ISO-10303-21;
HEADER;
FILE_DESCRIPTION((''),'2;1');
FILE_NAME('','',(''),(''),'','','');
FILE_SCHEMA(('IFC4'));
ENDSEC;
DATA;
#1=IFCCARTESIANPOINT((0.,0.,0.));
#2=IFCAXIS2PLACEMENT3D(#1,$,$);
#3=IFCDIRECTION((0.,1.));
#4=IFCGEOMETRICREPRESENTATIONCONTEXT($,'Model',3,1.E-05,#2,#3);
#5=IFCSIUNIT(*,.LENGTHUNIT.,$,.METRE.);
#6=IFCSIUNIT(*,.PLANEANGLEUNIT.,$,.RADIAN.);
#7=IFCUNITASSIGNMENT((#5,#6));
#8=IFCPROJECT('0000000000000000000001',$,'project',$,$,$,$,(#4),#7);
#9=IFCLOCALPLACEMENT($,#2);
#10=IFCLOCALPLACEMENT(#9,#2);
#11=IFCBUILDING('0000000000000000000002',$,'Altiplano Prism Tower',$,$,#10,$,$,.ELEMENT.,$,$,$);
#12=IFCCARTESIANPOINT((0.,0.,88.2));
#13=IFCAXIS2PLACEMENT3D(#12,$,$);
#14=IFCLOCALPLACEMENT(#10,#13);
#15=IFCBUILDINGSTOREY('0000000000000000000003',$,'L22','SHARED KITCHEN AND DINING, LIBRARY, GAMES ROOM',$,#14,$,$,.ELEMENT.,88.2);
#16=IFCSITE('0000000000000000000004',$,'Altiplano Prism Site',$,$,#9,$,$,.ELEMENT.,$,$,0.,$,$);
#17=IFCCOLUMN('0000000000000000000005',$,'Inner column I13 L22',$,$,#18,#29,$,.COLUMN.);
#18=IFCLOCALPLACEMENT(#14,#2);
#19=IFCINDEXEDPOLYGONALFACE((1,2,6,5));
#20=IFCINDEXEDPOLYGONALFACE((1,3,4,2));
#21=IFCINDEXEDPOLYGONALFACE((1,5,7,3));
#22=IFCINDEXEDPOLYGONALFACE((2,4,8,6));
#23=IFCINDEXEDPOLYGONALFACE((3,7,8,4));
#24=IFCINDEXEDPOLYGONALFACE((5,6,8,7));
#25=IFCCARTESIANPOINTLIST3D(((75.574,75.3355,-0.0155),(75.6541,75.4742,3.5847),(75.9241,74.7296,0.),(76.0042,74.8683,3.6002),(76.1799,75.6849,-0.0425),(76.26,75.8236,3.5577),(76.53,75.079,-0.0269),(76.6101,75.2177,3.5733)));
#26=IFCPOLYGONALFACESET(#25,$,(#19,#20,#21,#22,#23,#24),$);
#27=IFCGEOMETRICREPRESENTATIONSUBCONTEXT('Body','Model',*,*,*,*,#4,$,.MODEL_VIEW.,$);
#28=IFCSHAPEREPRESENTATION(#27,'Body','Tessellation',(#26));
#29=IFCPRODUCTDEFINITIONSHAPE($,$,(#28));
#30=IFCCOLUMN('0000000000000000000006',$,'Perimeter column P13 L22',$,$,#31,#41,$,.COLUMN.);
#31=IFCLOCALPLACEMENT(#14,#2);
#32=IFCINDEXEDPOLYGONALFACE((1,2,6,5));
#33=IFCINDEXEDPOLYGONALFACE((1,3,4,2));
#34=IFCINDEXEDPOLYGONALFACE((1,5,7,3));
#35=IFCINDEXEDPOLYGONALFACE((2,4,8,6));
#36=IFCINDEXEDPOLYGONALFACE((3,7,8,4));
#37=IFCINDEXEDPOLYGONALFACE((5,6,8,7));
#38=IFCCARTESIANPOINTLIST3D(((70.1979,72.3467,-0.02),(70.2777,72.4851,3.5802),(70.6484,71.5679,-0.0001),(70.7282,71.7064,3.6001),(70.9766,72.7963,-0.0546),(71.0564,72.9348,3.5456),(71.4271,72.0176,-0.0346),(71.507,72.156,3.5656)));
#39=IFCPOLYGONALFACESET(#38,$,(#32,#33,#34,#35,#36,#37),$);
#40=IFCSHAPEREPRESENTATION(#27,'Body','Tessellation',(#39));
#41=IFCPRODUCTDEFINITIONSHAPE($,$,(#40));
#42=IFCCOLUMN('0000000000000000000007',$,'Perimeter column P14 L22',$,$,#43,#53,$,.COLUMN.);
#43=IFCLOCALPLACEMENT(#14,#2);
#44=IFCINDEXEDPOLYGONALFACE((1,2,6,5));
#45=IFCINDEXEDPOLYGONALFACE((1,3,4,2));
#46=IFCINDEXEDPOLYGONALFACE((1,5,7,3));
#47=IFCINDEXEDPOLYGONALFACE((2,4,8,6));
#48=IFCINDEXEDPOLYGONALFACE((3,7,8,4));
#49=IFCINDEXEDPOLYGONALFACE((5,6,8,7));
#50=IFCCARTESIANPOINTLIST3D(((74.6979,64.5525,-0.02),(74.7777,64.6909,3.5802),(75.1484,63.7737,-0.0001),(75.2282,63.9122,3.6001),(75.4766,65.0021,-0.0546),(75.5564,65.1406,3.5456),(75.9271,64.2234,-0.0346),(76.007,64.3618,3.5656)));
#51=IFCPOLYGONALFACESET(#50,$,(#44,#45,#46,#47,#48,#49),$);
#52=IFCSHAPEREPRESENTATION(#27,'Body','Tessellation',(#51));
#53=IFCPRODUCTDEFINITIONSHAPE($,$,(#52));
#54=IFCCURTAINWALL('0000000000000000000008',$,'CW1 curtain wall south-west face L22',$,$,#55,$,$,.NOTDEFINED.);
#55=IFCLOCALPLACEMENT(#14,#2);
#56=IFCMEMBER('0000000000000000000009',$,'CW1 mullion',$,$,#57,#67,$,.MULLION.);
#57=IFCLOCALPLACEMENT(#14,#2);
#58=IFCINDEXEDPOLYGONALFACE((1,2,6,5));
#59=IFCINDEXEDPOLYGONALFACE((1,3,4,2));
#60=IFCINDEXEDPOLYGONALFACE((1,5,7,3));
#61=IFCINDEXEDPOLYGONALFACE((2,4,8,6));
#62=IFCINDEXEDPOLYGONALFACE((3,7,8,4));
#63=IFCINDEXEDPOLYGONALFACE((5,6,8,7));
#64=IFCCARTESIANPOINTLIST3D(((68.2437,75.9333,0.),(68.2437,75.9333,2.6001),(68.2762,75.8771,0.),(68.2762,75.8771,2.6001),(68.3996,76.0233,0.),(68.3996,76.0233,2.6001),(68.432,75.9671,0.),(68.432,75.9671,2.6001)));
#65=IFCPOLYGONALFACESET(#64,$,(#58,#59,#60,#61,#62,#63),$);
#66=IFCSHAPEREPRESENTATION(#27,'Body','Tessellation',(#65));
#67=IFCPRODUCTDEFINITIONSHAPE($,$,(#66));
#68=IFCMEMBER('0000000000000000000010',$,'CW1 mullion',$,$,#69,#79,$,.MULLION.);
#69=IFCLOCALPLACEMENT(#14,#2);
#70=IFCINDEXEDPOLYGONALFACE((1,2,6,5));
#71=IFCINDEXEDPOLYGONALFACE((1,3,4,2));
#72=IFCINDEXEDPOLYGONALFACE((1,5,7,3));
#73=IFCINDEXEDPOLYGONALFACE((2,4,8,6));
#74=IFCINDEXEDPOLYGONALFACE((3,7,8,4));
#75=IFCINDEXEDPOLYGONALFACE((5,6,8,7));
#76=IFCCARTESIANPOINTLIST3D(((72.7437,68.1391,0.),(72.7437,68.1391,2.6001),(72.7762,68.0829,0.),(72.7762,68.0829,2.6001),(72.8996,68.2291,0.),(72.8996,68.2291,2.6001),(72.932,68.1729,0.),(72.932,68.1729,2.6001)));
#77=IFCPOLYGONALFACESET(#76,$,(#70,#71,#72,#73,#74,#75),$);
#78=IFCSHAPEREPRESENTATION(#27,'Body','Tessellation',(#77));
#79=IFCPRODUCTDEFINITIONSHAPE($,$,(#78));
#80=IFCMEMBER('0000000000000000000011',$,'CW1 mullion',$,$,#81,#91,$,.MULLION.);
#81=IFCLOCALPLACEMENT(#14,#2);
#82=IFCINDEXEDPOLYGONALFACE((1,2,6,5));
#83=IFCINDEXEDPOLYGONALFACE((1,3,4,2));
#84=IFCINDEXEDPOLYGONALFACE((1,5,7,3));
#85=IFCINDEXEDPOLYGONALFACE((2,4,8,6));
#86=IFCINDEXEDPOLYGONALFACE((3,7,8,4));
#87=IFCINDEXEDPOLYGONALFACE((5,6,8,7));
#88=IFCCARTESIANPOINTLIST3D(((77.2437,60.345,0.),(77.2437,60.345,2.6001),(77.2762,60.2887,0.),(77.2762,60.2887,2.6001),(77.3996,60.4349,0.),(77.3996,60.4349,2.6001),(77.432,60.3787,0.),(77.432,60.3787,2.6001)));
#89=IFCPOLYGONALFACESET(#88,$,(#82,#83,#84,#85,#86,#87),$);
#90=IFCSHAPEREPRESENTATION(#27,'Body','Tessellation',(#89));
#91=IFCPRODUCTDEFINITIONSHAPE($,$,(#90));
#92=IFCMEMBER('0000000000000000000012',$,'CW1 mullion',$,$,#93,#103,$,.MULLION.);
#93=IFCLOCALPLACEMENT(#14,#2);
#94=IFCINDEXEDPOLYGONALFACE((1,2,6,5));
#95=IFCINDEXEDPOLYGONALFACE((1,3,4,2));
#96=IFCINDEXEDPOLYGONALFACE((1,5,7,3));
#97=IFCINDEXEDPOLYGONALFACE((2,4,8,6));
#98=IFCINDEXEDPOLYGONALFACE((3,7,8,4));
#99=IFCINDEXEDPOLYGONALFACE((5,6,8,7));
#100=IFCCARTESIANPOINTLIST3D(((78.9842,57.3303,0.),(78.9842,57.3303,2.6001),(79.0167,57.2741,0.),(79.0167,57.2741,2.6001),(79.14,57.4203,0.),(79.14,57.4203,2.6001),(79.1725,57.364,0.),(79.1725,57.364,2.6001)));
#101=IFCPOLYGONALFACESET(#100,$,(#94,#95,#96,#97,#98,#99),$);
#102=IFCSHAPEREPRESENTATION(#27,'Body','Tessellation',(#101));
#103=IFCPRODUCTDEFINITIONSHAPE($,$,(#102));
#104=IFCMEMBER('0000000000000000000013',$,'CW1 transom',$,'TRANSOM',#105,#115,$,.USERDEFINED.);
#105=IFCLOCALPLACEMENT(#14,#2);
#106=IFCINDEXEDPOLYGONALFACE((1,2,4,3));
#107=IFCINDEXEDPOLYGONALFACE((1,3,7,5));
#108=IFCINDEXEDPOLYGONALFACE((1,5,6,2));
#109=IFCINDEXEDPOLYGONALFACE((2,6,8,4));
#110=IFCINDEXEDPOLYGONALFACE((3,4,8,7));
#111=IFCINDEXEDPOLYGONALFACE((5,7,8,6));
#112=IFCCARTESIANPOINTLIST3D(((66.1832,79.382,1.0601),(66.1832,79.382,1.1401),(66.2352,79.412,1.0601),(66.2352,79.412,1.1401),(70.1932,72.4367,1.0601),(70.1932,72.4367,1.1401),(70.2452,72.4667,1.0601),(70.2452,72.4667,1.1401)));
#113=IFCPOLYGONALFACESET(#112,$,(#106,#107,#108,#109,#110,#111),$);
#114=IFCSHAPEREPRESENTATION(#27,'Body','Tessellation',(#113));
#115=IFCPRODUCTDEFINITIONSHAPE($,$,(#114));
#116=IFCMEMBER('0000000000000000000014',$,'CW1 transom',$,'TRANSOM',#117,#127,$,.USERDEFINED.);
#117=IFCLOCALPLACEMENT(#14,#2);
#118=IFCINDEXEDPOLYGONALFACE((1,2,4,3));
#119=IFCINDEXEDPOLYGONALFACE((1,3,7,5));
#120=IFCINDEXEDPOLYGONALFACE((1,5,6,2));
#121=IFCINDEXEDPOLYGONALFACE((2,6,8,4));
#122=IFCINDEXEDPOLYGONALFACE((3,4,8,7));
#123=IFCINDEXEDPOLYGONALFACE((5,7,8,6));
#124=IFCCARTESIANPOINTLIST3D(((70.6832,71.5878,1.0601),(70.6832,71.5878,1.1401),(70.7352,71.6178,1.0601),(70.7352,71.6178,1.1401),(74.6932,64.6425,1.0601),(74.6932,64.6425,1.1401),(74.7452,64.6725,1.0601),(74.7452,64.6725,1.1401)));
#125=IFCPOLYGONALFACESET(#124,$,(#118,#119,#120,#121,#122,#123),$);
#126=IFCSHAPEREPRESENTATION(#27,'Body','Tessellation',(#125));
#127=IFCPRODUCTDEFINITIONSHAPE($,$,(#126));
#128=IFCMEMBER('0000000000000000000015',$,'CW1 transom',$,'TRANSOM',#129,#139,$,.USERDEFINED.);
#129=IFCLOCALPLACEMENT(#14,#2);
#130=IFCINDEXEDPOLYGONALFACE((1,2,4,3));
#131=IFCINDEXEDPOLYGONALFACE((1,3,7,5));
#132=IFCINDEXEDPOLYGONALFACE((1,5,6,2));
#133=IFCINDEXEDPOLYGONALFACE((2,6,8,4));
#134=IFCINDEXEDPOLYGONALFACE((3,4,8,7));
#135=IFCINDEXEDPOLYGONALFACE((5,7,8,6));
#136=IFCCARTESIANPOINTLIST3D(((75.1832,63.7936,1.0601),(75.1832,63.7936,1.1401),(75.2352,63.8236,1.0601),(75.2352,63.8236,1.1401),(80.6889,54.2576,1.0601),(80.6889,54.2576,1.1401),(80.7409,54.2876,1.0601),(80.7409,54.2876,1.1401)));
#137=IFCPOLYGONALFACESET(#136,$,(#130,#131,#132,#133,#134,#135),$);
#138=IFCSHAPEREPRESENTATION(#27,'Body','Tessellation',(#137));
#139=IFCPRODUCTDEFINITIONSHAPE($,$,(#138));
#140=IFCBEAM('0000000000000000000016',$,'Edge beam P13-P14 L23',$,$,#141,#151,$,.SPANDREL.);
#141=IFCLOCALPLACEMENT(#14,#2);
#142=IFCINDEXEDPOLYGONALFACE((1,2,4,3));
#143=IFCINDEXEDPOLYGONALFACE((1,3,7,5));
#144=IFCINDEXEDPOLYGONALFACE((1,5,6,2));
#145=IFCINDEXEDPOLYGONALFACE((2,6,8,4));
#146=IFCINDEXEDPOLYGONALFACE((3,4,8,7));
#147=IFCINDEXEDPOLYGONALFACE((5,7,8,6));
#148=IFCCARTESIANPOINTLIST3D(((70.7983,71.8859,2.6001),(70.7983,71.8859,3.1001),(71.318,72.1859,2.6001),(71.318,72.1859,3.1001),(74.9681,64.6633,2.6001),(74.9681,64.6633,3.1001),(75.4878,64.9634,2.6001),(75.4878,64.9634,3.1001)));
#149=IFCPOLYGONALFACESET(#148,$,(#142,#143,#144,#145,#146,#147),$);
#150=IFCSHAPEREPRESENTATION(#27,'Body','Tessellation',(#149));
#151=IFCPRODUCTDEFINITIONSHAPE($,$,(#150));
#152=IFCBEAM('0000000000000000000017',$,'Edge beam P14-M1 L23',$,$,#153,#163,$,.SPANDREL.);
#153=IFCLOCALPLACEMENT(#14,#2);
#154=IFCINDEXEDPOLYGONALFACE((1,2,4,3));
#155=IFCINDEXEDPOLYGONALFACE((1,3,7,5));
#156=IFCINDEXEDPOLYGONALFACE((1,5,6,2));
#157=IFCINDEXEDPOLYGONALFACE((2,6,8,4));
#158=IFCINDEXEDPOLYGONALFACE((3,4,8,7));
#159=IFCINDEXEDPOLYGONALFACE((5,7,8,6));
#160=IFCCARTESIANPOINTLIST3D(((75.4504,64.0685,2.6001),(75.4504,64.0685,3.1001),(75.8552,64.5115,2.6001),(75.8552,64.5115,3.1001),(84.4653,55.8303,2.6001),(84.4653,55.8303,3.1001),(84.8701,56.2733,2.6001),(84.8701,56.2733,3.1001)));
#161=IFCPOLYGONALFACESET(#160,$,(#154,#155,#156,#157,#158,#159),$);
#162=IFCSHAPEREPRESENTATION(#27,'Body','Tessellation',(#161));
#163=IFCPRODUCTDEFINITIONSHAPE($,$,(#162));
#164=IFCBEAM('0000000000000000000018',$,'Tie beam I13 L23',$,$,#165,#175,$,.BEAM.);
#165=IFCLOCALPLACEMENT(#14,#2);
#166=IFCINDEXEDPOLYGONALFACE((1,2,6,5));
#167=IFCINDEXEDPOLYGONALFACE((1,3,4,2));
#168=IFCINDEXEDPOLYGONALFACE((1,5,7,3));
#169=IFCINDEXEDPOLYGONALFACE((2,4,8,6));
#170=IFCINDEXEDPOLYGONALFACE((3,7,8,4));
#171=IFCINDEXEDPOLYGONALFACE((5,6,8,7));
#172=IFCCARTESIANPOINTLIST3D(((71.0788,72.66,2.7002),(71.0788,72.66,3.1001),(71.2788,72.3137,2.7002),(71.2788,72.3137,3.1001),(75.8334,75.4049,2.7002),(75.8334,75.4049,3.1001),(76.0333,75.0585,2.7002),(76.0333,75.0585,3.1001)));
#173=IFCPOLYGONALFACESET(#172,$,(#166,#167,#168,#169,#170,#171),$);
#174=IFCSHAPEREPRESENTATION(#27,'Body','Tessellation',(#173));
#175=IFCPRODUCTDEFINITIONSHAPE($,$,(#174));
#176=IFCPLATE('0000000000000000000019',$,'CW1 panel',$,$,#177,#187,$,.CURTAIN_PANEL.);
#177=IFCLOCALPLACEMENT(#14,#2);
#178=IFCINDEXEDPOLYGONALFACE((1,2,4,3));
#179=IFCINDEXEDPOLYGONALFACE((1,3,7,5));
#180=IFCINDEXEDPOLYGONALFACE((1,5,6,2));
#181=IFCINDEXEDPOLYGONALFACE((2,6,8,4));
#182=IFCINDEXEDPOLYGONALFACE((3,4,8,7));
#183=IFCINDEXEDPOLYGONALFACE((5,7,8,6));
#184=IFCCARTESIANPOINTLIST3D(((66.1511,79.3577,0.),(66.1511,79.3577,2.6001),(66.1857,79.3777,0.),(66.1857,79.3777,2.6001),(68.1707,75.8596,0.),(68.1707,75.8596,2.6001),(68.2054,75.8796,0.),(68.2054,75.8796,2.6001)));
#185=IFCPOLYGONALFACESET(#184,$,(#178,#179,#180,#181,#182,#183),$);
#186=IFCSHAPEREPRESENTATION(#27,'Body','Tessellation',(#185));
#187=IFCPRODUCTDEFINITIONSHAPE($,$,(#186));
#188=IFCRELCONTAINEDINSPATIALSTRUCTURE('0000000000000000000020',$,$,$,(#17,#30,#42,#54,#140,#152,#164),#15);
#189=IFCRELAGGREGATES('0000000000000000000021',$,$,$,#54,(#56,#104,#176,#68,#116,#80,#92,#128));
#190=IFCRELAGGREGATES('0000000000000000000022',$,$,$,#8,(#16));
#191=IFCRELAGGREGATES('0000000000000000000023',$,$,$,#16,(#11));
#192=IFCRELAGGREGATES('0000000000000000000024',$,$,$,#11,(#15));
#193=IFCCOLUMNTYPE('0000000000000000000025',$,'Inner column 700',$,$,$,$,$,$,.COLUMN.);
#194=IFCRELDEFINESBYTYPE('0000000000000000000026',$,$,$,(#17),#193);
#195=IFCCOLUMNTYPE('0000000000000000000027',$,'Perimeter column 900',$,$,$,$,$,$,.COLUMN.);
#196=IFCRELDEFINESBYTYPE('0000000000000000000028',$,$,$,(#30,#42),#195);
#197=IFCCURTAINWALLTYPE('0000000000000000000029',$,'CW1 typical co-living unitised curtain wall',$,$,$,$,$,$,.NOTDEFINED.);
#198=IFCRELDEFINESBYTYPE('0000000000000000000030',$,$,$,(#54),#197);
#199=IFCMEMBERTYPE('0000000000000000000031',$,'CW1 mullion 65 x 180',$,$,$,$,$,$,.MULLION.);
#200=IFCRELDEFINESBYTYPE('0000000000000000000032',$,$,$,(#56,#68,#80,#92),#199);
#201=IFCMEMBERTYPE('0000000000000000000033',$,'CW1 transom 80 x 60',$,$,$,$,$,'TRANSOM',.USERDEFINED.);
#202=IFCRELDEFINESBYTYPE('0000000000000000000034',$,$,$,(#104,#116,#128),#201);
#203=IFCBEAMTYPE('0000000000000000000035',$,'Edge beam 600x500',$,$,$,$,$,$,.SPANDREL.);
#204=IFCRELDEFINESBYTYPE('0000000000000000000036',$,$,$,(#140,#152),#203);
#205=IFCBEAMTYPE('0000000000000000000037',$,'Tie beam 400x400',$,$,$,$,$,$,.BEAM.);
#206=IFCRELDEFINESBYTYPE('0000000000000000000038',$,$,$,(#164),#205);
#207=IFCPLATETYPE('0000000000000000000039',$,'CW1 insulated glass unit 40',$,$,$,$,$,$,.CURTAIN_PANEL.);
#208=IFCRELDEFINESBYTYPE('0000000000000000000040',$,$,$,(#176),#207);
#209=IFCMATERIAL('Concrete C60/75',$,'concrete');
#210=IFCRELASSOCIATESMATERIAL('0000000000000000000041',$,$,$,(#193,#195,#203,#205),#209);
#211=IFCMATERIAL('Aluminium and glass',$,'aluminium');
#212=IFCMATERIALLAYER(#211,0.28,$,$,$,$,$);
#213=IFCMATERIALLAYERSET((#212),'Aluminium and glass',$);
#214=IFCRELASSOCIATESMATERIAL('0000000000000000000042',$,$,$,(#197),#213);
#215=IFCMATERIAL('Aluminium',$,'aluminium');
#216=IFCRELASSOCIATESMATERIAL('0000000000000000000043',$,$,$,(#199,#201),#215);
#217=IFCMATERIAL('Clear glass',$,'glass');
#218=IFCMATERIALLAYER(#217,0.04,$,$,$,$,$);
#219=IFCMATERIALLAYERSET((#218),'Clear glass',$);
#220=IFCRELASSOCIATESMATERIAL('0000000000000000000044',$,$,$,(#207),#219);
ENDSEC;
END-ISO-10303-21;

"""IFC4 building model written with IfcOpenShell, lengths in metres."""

from ifc_helpers import new_model, si_unit, direction, frame, origin, origin_2d, place, context, subcontext, project, spatial, rectangle, extrude, material, layer, layer_set, material_profile, profile_set, type_object, element, aggregate, save


model = new_model("IFC4")

# Units and contexts
model_context = context("Model", 3, precision=1e-05, world=origin(), true_north=direction((0.0, 1.0)))
body_context = subcontext(model_context, "Body", "Model", "MODEL_VIEW")
ifc_project = project(units=[si_unit("LENGTHUNIT", "METRE"), si_unit("PLANEANGLEUNIT", "RADIAN")], contexts=[model_context])

# Site, building, storey
site_placement = place(None, origin())
site = spatial("IfcSite", under=ifc_project, at=site_placement, Name="Altiplano Prism Site", CompositionType="ELEMENT", RefElevation=0.0)
building_placement = place(site_placement, origin())
building = spatial("IfcBuilding", under=site, at=building_placement, Name="Altiplano Prism Tower", CompositionType="ELEMENT")
storey_placement = place(building_placement, frame((0.0, 0.0, 88.2)))
storey = spatial("IfcBuildingStorey", under=building, at=storey_placement, Name="L22", Description="SHARED KITCHEN AND DINING, LIBRARY, GAMES ROOM", CompositionType="ELEMENT", Elevation=88.2)

# Columns
ifc_material_1 = material(Name="Concrete C60/75", Category="concrete")
ifc_material_profile_1 = material_profile(ifc_material_1, rectangle(XDim=0.7, YDim=0.7, at=origin_2d()), Name="Inner column 700")
ifc_profile_set_1 = profile_set([ifc_material_profile_1], Name="Concrete C60/75")
column_type_1 = type_object("IfcColumnType", Name="Inner column 700", PredefinedType="COLUMN", material=ifc_profile_set_1)
column_placement = place(storey_placement, frame((76.052, 75.2073, -0.0212), z_axis=(0.022221, 0.038481, 0.999012), x_axis=(-0.865642, -0.499182, 0.038483)))
element("IfcColumn", 1, at=column_placement, inside=storey, type_object=column_type_1, Name="Inner column I13 L22", PredefinedType="COLUMN", context=body_context, shape_type="SweptSolid", body=[
    extrude(rectangle(XDim=0.7, YDim=0.7, at=origin_2d()), origin(), (0.0, 0.0, 1.0), 3.6038),
])
ifc_material_profile_2 = material_profile(ifc_material_1, rectangle(XDim=0.8999, YDim=0.8999, at=origin_2d()), Name="Perimeter column 900")
ifc_profile_set_2 = profile_set([ifc_material_profile_2], Name="Concrete C60/75")
column_type_2 = type_object("IfcColumnType", Name="Perimeter column 900", PredefinedType="COLUMN", material=ifc_profile_set_2)
for number, where, z_axis, x_axis, name in (
    (2, (70.8125, 72.1821, -0.0273), (0.022154, 0.038413, 0.999016), (-0.865365, -0.499669, 0.038403), "Perimeter column P13 L22"),
    (3, (75.3125, 64.3879, -0.0273), (0.022154, 0.038413, 0.999016), (-0.865365, -0.499669, 0.038403), "Perimeter column P14 L22"),
):
    element("IfcColumn", number, at=place(storey_placement, frame(where, z_axis=z_axis, x_axis=x_axis)), inside=storey, type_object=column_type_2, Name=name, PredefinedType="COLUMN", context=body_context, shape_type="SweptSolid", body=[
        extrude(rectangle(XDim=0.8999, YDim=0.8999, at=origin_2d()), origin(), (0.0, 0.0, 1.0), 3.6038),
    ])

# Curtain wall, members
ifc_material_2 = material(Name="Aluminium and glass", Category="aluminium")
ifc_layer_1 = layer(ifc_material_2, 0.28)
ifc_layer_set_1 = layer_set([ifc_layer_1], Name="Aluminium and glass")
curtain_wall_type = type_object("IfcCurtainWallType", Name="CW1 typical co-living unitised curtain wall", PredefinedType="NOTDEFINED", material=ifc_layer_set_1)
curtain_wall_placement = place(storey_placement, origin())
curtain_wall = element("IfcCurtainWall", 4, at=curtain_wall_placement, inside=storey, type_object=curtain_wall_type, Name="CW1 curtain wall south-west face L22", PredefinedType="NOTDEFINED")
ifc_material_3 = material(Name="Aluminium", Category="aluminium")
ifc_material_profile_3 = material_profile(ifc_material_3, rectangle(XDim=0.1799, YDim=0.0649, at=origin_2d()), Name="CW1 mullion 65 x 180")
ifc_profile_set_3 = profile_set([ifc_material_profile_3], Name="Aluminium")
member_type_1 = type_object("IfcMemberType", Name="CW1 mullion 65 x 180", PredefinedType="MULLION", material=ifc_profile_set_3)
member_1_placement = place(storey_placement, frame((68.3379, 75.9502, 0.0), z_axis=(0.0, 0.0, 1.0), x_axis=(0.866025, 0.5, 0.0)))
member_1 = element("IfcMember", 5, at=member_1_placement, type_object=member_type_1, Name="CW1 mullion", PredefinedType="MULLION", context=body_context, shape_type="SweptSolid", body=[
    extrude(rectangle(XDim=0.1799, YDim=0.0649, at=origin_2d()), origin(), (0.0, 0.0, 1.0), 2.6001),
])
member_2_placement = place(storey_placement, frame((72.8379, 68.156, 0.0), z_axis=(0.0, 0.0, 1.0), x_axis=(0.866025, 0.5, 0.0)))
member_2 = element("IfcMember", 6, at=member_2_placement, type_object=member_type_1, Name="CW1 mullion", PredefinedType="MULLION", context=body_context, shape_type="SweptSolid", body=[
    extrude(rectangle(XDim=0.1799, YDim=0.0649, at=origin_2d()), origin(), (0.0, 0.0, 1.0), 2.6001),
])
member_3_placement = place(storey_placement, frame((77.3379, 60.3618, 0.0), z_axis=(0.0, 0.0, 1.0), x_axis=(0.866025, 0.5, 0.0)))
member_3 = element("IfcMember", 7, at=member_3_placement, type_object=member_type_1, Name="CW1 mullion", PredefinedType="MULLION", context=body_context, shape_type="SweptSolid", body=[
    extrude(rectangle(XDim=0.1799, YDim=0.0649, at=origin_2d()), origin(), (0.0, 0.0, 1.0), 2.6001),
])
member_4_placement = place(storey_placement, frame((79.0784, 57.3472, 0.0), z_axis=(0.0, 0.0, 1.0), x_axis=(0.866025, 0.5, 0.0)))
member_4 = element("IfcMember", 8, at=member_4_placement, type_object=member_type_1, Name="CW1 mullion", PredefinedType="MULLION", context=body_context, shape_type="SweptSolid", body=[
    extrude(rectangle(XDim=0.1799, YDim=0.0649, at=origin_2d()), origin(), (0.0, 0.0, 1.0), 2.6001),
])
ifc_material_profile_4 = material_profile(ifc_material_3, rectangle(XDim=0.0601, YDim=0.0801, at=origin_2d()), Name="CW1 transom 80 x 60")
ifc_profile_set_4 = profile_set([ifc_material_profile_4], Name="Aluminium")
member_type_2 = type_object("IfcMemberType", Name="CW1 transom 80 x 60", ElementType="TRANSOM", PredefinedType="USERDEFINED", material=ifc_profile_set_4)
member_5_placement = place(storey_placement, frame((66.2092, 79.397, 1.1001), z_axis=(0.500012, -0.866018, 0.0), x_axis=(0.866018, 0.500012, 0.0)))
member_5 = element("IfcMember", 9, at=member_5_placement, type_object=member_type_2, Name="CW1 transom", ObjectType="TRANSOM", PredefinedType="USERDEFINED", context=body_context, shape_type="SweptSolid", body=[
    extrude(rectangle(XDim=0.0601, YDim=0.0801, at=origin_2d()), origin(), (0.0, 0.0, 1.0), 8.0198),
])
member_6_placement = place(storey_placement, frame((70.7092, 71.6028, 1.1001), z_axis=(0.500012, -0.866018, 0.0), x_axis=(0.866018, 0.500012, 0.0)))
member_6 = element("IfcMember", 10, at=member_6_placement, type_object=member_type_2, Name="CW1 transom", ObjectType="TRANSOM", PredefinedType="USERDEFINED", context=body_context, shape_type="SweptSolid", body=[
    extrude(rectangle(XDim=0.0601, YDim=0.0801, at=origin_2d()), origin(), (0.0, 0.0, 1.0), 8.0198),
])
member_7_placement = place(storey_placement, frame((75.2092, 63.8086, 1.1001), z_axis=(0.500005, -0.866023, 0.0), x_axis=(0.866023, 0.500005, 0.0)))
member_7 = element("IfcMember", 11, at=member_7_placement, type_object=member_type_2, Name="CW1 transom", ObjectType="TRANSOM", PredefinedType="USERDEFINED", context=body_context, shape_type="SweptSolid", body=[
    extrude(rectangle(XDim=0.0601, YDim=0.0801, at=origin_2d()), origin(), (0.0, 0.0, 1.0), 11.0112),
])

# Beams
ifc_material_profile_5 = material_profile(ifc_material_1, rectangle(XDim=0.6001, YDim=0.5, at=origin_2d()), Name="Edge beam 600x500")
ifc_profile_set_5 = profile_set([ifc_material_profile_5], Name="Concrete C60/75")
beam_type_1 = type_object("IfcBeamType", Name="Edge beam 600x500", PredefinedType="SPANDREL", material=ifc_profile_set_5)
beam_1_placement = place(storey_placement, frame((71.0581, 72.0359, 2.8501), z_axis=(0.499993, -0.86603, 0.0), x_axis=(0.86603, 0.499993, 0.0)))
element("IfcBeam", 12, at=beam_1_placement, inside=storey, type_object=beam_type_1, Name="Edge beam P13-P14 L23", PredefinedType="SPANDREL", context=body_context, shape_type="SweptSolid", body=[
    extrude(rectangle(XDim=0.6001, YDim=0.5, at=origin_2d()), origin(), (0.0, 0.0, 1.0), 8.3398),
])
beam_2_placement = place(storey_placement, frame((75.6528, 64.29, 2.8501), z_axis=(0.738188, -0.674595, 0.0), x_axis=(0.674595, 0.738188, 0.0)))
element("IfcBeam", 13, at=beam_2_placement, inside=storey, type_object=beam_type_1, Name="Edge beam P14-M1 L23", PredefinedType="SPANDREL", context=body_context, shape_type="SweptSolid", body=[
    extrude(rectangle(XDim=0.6001, YDim=0.5, at=origin_2d()), origin(), (0.0, 0.0, 1.0), 12.2122),
])
ifc_material_profile_6 = material_profile(ifc_material_1, rectangle(XDim=0.3999, YDim=0.3999, at=origin_2d()), Name="Tie beam 400x400")
ifc_profile_set_6 = profile_set([ifc_material_profile_6], Name="Concrete C60/75")
beam_type_2 = type_object("IfcBeamType", Name="Tie beam 400x400", PredefinedType="BEAM", material=ifc_profile_set_6)
beam_3_placement = place(storey_placement, frame((75.9333, 75.2317, 2.9001), z_axis=(-0.866043, -0.49997, 0.0), x_axis=(0.49997, -0.866043, 0.0)))
element("IfcBeam", 14, at=beam_3_placement, inside=storey, type_object=beam_type_2, Name="Tie beam I13 L23", PredefinedType="BEAM", context=body_context, shape_type="SweptSolid", body=[
    extrude(rectangle(XDim=0.3999, YDim=0.3999, at=origin_2d()), origin(), (0.0, 0.0, 1.0), 5.49),
])

# Plate
ifc_material_4 = material(Name="Clear glass", Category="glass")
ifc_layer_2 = layer(ifc_material_4, 0.04)
ifc_layer_set_2 = layer_set([ifc_layer_2], Name="Clear glass")
plate_type = type_object("IfcPlateType", Name="CW1 insulated glass unit 40", PredefinedType="CURTAIN_PANEL", material=ifc_layer_set_2)
plate_1_placement = place(storey_placement, frame((67.1782, 77.6187, 0.0), z_axis=(0.0, 0.0, 1.0), x_axis=(0.5, -0.866025, 0.0)))
plate_1 = element("IfcPlate", 15, at=plate_1_placement, type_object=plate_type, Name="CW1 panel", PredefinedType="CURTAIN_PANEL", context=body_context, shape_type="SweptSolid", body=[
    extrude(rectangle(XDim=4.0393, YDim=0.04, at=origin_2d()), origin(), (0.0, 0.0, 1.0), 2.6001),
])
aggregate(curtain_wall, [member_1, member_5, plate_1, member_2, member_6, member_3, member_4, member_7])

save(model, "model.ifc")
